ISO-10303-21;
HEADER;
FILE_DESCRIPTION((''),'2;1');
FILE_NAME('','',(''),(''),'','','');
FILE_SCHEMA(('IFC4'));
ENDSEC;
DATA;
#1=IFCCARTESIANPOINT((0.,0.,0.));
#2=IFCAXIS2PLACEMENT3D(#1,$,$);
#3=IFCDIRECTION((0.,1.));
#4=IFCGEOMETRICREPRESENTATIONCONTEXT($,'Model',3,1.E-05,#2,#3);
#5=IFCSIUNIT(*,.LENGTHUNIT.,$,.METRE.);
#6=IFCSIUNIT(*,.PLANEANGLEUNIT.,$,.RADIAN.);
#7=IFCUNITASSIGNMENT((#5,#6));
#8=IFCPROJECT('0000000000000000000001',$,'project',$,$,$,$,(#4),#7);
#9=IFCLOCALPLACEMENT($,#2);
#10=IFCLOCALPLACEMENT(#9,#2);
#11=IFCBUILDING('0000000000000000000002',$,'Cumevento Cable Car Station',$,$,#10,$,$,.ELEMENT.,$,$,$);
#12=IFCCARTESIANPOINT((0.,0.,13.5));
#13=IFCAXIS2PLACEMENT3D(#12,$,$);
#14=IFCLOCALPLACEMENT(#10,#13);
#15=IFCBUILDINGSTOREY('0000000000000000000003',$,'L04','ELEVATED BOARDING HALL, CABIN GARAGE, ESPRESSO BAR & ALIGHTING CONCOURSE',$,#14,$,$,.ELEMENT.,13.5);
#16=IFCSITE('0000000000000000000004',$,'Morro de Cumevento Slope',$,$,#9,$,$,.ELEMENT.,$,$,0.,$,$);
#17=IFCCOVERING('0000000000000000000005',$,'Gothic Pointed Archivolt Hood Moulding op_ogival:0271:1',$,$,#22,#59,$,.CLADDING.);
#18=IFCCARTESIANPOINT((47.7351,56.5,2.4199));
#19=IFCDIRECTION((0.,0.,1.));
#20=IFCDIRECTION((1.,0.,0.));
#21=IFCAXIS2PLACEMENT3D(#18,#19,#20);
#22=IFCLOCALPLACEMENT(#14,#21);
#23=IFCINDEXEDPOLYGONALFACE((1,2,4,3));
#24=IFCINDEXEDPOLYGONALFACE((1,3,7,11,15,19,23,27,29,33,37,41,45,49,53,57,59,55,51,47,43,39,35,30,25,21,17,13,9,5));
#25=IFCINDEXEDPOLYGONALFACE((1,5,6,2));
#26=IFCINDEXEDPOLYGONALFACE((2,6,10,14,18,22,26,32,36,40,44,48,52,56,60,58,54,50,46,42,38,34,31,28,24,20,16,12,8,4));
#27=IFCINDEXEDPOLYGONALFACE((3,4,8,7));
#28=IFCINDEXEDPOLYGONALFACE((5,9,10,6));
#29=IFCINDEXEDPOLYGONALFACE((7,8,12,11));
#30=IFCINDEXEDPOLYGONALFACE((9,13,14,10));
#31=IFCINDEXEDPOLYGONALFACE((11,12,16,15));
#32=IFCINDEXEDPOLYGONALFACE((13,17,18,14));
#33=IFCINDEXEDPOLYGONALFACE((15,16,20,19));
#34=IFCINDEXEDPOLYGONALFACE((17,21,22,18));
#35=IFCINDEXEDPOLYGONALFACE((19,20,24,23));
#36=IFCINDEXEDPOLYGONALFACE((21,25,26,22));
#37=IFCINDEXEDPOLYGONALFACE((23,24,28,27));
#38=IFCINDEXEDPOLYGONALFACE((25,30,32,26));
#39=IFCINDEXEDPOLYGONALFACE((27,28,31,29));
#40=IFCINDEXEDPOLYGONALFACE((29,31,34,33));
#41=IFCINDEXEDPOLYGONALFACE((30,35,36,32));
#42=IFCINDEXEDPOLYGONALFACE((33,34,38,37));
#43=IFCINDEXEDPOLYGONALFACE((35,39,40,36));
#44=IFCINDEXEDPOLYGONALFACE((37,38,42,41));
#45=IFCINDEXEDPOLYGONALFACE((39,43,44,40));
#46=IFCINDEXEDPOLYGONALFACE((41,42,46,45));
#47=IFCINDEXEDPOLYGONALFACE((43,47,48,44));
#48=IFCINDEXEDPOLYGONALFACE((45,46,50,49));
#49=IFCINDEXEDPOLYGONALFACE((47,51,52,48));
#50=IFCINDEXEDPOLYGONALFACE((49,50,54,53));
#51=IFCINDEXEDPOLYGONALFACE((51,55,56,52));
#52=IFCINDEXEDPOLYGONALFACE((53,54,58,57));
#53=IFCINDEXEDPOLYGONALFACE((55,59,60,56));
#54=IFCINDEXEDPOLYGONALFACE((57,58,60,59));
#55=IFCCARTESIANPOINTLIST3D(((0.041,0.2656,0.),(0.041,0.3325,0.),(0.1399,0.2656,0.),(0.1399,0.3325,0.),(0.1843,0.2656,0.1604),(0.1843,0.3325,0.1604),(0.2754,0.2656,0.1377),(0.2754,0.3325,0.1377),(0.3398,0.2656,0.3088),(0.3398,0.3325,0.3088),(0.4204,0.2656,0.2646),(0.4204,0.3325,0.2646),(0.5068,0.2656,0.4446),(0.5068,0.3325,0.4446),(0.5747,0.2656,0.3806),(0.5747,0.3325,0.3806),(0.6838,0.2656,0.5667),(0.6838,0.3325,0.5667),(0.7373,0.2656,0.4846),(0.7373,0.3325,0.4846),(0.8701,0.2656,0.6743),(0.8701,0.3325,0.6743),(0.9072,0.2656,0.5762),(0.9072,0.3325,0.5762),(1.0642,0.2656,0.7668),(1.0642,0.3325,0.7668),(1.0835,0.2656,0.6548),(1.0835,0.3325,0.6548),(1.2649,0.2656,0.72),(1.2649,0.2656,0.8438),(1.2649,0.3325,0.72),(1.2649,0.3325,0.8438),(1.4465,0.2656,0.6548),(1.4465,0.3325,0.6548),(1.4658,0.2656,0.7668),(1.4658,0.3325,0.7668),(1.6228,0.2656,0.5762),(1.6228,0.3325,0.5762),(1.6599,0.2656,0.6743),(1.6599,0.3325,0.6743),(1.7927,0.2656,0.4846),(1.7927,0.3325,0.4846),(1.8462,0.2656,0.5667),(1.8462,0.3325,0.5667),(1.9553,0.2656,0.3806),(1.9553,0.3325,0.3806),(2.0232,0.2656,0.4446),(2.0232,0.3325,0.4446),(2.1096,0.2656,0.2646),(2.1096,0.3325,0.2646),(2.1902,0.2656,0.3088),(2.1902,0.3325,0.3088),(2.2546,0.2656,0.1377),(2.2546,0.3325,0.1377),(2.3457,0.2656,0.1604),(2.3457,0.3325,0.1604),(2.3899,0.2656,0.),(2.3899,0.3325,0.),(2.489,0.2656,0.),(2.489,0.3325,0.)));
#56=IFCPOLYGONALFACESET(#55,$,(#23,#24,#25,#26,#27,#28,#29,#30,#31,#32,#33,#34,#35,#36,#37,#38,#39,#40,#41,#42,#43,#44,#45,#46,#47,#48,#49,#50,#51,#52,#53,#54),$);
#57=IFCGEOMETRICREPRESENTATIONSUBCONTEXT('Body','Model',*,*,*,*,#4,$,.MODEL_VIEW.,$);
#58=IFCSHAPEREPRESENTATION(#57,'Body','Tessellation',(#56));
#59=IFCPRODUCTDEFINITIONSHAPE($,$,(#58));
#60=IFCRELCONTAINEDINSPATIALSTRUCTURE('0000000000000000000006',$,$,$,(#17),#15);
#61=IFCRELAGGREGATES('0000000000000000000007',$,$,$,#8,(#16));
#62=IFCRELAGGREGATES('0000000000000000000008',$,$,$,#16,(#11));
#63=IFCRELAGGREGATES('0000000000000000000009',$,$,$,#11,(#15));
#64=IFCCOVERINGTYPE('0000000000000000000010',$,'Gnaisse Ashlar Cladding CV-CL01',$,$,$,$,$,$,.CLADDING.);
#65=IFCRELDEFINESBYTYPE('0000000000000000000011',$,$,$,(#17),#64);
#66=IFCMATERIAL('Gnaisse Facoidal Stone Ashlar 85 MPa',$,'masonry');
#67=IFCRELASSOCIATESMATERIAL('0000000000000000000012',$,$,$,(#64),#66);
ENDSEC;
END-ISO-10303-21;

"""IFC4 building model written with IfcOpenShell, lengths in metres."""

from ifc_helpers import new_model, si_unit, direction, frame, origin, place, context, subcontext, project, spatial, polyline, outline, extrude, material, type_object, element, save


model = new_model("IFC4")

# Units and contexts
model_context = context("Model", 3, precision=1e-05, world=origin(), true_north=direction((0.0, 1.0)))
body_context = subcontext(model_context, "Body", "Model", "MODEL_VIEW")
ifc_project = project(units=[si_unit("LENGTHUNIT", "METRE"), si_unit("PLANEANGLEUNIT", "RADIAN")], contexts=[model_context])

# Site, building, storey
site_placement = place(None, origin())
site = spatial("IfcSite", under=ifc_project, at=site_placement, Name="Morro de Cumevento Slope", CompositionType="ELEMENT", RefElevation=0.0)
building_placement = place(site_placement, origin())
building = spatial("IfcBuilding", under=site, at=building_placement, Name="Cumevento Cable Car Station", CompositionType="ELEMENT")
storey_placement = place(building_placement, frame((0.0, 0.0, 13.5)))
storey = spatial("IfcBuildingStorey", under=building, at=storey_placement, Name="L04", Description="ELEVATED BOARDING HALL, CABIN GARAGE, ESPRESSO BAR & ALIGHTING CONCOURSE", CompositionType="ELEMENT", Elevation=13.5)

# Covering
ifc_material_1 = material(Name="Gnaisse Facoidal Stone Ashlar 85 MPa", Category="masonry")
covering_type = type_object("IfcCoveringType", Name="Gnaisse Ashlar Cladding CV-CL01", PredefinedType="CLADDING", material=ifc_material_1)
covering_1_placement = place(storey_placement, frame((47.7351, 56.5, 2.4199), z_axis=(0.0, 0.0, 1.0), x_axis=(1.0, 0.0, 0.0)))
element("IfcCovering", 1, at=covering_1_placement, inside=storey, type_object=covering_type, Name="Gothic Pointed Archivolt Hood Moulding op_ogival:0271:1", PredefinedType="CLADDING", context=body_context, shape_type="SweptSolid", body=[
    extrude(outline(polyline([(0.1399, 0.0), (0.2754, 0.1377), (0.4204, 0.2646), (0.5747, 0.3806), (0.7373, 0.4846), (0.9072, 0.5762), (1.0835, 0.6548), (1.2649, 0.72), (1.4465, 0.6548), (1.6228, 0.5762), (1.7927, 0.4846), (1.9553, 0.3806), (2.1096, 0.2646), (2.2546, 0.1377), (2.3899, 0.0), (2.489, 0.0), (2.3457, 0.1604), (2.1902, 0.3088), (2.0232, 0.4446), (1.8462, 0.5667), (1.6599, 0.6743), (1.4658, 0.7668), (1.2649, 0.8438), (1.0642, 0.7668), (0.8701, 0.6743), (0.6838, 0.5667), (0.5068, 0.4446), (0.3398, 0.3088), (0.1843, 0.1604), (0.041, 0.0), (0.1399, 0.0)])), frame((0.0, 0.3325, 0.0), z_axis=(0.0, -1.0, 0.0), x_axis=(1.0, 0.0, 0.0)), (0.0, 0.0, 1.0), 0.0669),
])

save(model, "model.ifc")
